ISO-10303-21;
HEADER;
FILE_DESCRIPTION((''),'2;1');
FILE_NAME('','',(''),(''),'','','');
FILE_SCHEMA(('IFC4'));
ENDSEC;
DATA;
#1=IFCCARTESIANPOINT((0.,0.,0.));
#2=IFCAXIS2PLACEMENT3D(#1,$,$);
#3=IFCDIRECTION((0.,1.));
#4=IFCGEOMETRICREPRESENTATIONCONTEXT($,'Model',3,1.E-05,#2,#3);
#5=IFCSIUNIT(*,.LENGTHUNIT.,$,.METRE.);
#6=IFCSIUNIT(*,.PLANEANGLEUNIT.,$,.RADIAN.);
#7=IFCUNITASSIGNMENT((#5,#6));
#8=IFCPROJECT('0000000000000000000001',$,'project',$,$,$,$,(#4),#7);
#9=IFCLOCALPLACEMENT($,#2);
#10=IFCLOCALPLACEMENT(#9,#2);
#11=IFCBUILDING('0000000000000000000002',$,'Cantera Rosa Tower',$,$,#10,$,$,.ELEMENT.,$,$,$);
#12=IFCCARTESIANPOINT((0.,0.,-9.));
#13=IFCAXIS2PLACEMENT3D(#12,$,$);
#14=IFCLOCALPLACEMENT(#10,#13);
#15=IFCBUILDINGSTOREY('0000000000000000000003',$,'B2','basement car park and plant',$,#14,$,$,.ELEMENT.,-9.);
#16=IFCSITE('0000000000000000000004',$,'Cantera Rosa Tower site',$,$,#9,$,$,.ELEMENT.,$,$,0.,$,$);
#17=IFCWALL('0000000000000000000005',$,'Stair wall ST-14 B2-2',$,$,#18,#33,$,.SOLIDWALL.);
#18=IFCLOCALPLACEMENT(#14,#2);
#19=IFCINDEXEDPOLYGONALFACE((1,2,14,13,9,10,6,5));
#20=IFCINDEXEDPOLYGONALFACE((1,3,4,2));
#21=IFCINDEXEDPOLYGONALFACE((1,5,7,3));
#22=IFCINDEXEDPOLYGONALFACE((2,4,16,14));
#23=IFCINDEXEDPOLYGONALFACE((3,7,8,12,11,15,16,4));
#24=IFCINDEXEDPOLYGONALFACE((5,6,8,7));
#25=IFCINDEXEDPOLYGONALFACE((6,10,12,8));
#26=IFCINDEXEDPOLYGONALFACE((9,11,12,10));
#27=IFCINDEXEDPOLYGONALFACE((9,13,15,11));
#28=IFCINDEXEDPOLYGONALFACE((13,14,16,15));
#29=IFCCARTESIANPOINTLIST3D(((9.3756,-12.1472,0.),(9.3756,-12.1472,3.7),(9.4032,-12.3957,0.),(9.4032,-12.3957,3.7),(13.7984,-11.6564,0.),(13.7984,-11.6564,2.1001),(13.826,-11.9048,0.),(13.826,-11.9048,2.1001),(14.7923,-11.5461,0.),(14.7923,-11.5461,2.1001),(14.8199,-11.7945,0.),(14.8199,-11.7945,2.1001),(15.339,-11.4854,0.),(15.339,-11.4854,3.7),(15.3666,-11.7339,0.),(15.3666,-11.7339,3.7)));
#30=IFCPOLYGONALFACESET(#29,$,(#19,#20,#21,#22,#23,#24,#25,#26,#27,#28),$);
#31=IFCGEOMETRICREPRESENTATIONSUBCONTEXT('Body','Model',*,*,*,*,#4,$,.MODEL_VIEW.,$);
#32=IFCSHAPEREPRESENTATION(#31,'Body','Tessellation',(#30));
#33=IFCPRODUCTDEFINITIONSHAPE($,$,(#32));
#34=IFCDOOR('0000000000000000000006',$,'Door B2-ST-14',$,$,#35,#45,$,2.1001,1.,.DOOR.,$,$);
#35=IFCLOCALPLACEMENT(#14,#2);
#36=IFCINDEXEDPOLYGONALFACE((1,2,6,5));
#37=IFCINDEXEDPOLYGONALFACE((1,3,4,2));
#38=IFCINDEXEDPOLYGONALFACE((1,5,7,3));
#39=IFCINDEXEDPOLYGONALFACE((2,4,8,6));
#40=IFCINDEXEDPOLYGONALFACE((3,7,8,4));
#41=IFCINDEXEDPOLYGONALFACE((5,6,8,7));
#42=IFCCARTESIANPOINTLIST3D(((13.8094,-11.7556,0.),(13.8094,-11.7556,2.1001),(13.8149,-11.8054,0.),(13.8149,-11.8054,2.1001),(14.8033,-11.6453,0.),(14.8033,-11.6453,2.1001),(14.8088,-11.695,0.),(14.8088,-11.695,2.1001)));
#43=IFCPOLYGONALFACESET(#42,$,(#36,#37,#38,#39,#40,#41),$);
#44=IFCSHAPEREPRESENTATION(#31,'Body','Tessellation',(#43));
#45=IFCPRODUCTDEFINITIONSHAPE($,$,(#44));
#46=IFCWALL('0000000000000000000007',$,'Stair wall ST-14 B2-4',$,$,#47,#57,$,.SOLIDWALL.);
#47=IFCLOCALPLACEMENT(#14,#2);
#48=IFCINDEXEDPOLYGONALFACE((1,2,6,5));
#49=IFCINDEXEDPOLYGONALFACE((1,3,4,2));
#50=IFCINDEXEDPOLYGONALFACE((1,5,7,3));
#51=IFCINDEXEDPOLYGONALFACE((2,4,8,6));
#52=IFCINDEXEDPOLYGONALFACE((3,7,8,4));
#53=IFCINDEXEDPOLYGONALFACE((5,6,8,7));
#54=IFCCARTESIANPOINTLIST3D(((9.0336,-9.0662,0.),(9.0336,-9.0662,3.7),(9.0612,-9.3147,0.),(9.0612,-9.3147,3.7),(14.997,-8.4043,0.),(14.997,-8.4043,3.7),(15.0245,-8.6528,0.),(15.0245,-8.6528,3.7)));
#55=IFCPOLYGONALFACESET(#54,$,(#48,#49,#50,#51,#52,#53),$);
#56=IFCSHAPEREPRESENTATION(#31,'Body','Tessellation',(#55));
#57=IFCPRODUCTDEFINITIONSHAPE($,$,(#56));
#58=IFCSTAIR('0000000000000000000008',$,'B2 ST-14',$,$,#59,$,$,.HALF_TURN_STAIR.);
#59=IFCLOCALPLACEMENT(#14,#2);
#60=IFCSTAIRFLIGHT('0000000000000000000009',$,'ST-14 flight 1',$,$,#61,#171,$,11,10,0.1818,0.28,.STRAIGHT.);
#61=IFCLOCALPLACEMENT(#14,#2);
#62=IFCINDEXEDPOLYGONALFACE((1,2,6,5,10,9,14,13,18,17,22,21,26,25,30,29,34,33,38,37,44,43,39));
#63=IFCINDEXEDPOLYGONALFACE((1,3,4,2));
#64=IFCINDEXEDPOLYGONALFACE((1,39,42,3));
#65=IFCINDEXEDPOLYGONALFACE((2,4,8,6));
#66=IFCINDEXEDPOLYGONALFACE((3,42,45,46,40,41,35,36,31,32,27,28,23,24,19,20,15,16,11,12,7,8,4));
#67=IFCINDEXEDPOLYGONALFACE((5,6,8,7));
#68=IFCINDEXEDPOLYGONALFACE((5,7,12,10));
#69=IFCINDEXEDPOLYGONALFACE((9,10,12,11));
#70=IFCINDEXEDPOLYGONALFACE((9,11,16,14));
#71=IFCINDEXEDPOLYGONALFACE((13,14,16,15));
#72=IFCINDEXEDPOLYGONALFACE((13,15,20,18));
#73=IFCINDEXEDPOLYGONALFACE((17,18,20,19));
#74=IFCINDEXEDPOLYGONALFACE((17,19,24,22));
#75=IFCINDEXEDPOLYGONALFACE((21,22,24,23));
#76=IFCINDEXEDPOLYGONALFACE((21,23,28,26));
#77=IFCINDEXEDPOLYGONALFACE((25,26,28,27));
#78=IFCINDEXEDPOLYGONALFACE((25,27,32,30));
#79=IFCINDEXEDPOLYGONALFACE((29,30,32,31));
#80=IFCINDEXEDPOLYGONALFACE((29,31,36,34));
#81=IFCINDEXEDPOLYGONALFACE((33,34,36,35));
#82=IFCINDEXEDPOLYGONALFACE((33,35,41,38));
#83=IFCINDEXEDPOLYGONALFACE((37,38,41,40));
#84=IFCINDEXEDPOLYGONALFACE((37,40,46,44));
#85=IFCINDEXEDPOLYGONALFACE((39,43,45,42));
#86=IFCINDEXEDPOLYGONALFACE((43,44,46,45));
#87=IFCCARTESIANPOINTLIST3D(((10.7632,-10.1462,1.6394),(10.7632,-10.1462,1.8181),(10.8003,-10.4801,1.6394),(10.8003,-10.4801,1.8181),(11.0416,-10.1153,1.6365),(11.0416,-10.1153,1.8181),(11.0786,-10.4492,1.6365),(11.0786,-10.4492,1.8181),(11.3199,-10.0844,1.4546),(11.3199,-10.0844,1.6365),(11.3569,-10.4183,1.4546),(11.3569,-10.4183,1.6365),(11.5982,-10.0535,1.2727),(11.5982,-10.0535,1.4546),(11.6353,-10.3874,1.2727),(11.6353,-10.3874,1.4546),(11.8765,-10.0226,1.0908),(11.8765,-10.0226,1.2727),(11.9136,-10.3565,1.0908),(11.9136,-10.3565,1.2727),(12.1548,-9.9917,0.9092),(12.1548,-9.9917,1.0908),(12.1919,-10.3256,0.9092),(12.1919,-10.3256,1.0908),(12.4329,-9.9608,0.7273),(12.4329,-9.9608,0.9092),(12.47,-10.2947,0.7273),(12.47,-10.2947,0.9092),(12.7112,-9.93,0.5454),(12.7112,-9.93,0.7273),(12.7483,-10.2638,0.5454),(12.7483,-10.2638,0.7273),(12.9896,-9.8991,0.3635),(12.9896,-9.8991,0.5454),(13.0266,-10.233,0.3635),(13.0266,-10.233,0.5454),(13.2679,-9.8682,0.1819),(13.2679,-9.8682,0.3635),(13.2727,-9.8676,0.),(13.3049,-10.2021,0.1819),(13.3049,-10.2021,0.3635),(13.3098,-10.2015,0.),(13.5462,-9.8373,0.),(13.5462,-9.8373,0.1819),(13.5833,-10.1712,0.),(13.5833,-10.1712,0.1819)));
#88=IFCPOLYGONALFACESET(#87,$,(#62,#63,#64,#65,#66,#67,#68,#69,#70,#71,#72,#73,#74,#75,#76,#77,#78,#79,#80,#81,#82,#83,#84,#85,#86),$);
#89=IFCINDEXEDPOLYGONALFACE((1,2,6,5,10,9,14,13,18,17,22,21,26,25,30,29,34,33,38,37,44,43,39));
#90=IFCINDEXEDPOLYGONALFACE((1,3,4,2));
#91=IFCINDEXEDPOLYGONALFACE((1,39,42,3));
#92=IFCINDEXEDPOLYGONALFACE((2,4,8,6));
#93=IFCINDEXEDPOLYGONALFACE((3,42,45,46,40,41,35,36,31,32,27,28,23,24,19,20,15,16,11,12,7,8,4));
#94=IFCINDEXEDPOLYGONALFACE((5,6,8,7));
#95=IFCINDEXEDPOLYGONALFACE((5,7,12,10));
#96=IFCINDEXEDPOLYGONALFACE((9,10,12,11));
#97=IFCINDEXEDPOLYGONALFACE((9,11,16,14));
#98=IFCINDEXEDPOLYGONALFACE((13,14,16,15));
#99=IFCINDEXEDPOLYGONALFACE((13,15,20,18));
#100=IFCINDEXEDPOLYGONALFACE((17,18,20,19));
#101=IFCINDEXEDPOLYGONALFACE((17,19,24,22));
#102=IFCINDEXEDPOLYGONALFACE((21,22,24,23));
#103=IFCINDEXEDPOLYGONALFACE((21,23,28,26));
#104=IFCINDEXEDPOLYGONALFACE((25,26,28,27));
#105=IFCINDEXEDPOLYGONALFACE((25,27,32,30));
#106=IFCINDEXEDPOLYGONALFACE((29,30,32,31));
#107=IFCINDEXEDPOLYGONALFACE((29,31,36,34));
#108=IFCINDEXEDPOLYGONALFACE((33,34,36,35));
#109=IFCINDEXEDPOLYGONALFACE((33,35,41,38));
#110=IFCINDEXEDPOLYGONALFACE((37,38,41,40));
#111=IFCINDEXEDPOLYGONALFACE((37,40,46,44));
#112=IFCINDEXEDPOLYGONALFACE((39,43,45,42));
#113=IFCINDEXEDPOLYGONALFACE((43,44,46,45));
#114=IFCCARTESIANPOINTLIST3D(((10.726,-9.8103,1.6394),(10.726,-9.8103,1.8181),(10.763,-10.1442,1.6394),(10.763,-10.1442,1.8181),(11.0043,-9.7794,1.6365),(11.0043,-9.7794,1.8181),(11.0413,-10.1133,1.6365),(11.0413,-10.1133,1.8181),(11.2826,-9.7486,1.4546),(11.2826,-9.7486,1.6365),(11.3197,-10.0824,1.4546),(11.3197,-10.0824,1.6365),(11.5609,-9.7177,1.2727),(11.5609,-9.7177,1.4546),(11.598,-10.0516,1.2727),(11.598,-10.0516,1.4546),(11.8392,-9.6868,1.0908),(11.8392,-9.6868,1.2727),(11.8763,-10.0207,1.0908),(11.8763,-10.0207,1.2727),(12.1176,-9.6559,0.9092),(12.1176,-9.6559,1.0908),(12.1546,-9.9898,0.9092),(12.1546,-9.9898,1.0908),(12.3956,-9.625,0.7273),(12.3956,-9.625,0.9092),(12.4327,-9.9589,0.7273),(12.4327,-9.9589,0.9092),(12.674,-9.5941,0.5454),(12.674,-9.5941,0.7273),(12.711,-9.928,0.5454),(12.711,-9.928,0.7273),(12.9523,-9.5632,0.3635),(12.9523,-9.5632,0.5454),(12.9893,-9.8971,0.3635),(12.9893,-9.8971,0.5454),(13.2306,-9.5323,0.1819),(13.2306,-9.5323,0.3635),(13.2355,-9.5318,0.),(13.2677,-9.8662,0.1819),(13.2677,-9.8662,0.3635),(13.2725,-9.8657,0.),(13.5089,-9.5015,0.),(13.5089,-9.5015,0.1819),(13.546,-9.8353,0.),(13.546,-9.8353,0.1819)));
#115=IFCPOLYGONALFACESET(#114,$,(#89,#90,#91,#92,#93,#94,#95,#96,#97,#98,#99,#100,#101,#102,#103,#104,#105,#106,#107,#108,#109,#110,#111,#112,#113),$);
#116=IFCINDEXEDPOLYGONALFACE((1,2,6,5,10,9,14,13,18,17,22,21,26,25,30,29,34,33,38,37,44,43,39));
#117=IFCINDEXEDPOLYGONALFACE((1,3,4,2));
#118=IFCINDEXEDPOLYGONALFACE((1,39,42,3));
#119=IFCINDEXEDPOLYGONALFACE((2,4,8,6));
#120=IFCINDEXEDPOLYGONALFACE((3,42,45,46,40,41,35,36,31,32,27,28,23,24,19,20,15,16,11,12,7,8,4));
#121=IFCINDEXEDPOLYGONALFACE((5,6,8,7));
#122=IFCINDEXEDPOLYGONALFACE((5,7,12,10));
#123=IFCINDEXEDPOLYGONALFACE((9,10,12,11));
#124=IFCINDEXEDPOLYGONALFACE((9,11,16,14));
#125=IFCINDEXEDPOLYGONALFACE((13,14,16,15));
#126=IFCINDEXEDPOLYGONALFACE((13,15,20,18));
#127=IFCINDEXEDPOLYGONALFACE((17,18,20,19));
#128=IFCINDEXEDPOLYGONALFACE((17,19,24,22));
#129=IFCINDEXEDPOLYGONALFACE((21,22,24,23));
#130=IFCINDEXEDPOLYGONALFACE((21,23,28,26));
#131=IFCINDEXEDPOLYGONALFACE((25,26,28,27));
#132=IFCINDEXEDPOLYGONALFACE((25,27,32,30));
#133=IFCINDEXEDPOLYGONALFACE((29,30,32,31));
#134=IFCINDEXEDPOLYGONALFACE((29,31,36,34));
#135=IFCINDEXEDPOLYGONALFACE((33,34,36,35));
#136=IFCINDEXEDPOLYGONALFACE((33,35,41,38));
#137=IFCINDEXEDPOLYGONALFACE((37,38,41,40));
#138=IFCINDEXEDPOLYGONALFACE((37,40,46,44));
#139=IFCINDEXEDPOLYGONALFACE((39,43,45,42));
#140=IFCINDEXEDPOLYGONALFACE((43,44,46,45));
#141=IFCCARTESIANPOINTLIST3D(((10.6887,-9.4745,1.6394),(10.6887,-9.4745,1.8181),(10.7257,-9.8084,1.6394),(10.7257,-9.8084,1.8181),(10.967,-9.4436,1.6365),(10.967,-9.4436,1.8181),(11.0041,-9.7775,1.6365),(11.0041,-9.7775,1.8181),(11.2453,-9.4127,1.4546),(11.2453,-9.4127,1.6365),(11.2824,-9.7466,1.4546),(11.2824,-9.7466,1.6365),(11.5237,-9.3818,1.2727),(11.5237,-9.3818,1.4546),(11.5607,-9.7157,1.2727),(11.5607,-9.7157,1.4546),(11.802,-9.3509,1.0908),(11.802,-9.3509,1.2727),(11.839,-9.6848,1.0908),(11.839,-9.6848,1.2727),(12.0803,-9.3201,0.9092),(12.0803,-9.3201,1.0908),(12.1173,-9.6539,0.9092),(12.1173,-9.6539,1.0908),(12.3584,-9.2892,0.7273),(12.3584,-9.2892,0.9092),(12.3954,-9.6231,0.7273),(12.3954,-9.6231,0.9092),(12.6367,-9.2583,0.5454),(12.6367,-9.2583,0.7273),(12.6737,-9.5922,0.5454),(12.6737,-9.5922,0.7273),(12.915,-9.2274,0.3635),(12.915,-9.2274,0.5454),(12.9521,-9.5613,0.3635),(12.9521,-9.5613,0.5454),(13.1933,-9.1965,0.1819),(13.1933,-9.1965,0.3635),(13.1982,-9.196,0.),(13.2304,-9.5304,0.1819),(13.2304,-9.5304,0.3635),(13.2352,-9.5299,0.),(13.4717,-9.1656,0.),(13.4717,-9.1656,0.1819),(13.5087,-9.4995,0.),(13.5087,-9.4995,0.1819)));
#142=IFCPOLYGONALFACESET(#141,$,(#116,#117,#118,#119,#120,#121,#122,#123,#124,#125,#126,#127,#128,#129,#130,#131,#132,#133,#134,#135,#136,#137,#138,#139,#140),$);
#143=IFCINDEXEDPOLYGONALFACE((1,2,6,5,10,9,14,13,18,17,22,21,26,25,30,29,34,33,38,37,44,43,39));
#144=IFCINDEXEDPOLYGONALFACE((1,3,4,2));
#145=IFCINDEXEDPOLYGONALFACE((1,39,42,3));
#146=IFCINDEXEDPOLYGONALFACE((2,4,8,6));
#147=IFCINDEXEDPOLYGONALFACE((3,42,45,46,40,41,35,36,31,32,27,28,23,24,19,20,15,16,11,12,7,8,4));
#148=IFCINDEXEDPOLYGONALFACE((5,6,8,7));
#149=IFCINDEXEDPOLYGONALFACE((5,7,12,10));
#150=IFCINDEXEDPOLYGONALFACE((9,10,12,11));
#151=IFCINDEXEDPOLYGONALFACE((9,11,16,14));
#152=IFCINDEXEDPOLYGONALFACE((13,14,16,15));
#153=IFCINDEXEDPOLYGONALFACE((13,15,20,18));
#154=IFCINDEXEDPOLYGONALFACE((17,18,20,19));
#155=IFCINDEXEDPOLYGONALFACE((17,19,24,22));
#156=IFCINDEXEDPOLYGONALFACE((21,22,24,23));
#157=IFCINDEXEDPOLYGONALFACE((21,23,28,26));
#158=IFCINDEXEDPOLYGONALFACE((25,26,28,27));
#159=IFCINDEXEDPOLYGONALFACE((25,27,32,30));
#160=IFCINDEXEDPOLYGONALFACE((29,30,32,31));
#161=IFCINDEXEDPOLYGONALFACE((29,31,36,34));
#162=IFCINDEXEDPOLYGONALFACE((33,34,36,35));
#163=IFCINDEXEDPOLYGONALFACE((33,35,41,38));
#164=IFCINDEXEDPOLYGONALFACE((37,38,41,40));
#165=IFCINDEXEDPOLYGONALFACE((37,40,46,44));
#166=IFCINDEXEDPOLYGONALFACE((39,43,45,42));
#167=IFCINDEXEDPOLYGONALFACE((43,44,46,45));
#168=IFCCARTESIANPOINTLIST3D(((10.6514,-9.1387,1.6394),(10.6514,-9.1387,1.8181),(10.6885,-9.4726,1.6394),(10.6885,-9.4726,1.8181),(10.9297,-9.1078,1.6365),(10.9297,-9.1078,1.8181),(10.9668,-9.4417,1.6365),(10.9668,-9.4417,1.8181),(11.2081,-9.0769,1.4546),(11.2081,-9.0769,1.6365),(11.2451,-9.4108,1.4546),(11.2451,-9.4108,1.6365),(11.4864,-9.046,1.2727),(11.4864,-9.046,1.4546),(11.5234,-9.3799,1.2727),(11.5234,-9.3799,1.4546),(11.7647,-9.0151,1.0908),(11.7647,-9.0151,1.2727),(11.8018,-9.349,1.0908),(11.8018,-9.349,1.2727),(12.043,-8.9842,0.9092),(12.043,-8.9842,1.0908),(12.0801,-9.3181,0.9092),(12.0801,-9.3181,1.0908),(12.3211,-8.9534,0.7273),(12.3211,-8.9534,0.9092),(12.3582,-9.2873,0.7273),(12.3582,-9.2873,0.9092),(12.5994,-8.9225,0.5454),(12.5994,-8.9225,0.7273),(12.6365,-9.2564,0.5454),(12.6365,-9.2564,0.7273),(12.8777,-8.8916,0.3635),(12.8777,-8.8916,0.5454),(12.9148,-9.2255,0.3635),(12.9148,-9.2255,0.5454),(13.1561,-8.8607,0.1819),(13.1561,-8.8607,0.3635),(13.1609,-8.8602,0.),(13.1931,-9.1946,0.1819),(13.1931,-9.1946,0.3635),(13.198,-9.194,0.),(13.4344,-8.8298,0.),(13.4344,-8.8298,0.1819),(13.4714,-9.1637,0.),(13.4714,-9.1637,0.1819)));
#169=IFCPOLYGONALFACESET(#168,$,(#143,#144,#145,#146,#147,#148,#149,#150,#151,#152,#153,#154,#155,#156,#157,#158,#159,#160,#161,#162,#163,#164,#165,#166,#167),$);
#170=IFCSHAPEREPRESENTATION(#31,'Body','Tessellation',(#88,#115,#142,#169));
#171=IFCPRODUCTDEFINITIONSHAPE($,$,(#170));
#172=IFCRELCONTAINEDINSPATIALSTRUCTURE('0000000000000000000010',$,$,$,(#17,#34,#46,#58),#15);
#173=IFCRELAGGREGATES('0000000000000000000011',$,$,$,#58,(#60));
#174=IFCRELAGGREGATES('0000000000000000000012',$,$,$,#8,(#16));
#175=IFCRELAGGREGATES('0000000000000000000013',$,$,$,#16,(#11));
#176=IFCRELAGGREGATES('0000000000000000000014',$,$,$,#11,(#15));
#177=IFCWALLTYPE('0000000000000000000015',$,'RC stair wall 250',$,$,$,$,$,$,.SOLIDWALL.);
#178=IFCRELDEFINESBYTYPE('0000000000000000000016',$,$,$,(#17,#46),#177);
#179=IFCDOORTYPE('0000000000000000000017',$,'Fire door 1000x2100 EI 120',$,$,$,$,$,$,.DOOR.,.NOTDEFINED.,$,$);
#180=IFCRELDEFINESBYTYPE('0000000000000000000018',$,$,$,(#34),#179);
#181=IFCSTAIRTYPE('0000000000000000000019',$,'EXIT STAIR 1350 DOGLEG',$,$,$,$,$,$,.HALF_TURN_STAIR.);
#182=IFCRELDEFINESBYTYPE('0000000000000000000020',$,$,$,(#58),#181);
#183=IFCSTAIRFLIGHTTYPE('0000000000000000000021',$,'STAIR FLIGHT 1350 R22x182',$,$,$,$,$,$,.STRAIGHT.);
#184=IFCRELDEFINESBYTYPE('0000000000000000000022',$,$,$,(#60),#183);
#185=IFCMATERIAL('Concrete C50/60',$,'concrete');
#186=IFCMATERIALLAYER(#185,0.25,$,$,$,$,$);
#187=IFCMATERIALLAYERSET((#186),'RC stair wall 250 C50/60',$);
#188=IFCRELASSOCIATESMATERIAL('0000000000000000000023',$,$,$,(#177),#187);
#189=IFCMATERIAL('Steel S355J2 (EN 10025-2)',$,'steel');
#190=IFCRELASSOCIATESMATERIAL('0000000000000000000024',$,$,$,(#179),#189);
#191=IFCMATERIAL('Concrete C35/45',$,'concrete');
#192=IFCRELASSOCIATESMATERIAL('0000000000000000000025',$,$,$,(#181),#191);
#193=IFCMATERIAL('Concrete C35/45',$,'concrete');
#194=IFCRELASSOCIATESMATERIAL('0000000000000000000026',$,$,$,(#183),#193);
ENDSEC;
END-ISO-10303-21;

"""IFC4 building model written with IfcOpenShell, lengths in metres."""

from ifc_helpers import new_model, si_unit, direction, frame, frame_2d, origin, place, context, subcontext, project, spatial, polyline, rectangle, outline, extrude, material, layer, layer_set, type_object, element, fill, aggregate, save


model = new_model("IFC4")

# Units and contexts
model_context = context("Model", 3, precision=1e-05, world=origin(), true_north=direction((0.0, 1.0)))
body_context = subcontext(model_context, "Body", "Model", "MODEL_VIEW")
ifc_project = project(units=[si_unit("LENGTHUNIT", "METRE"), si_unit("PLANEANGLEUNIT", "RADIAN")], contexts=[model_context])

# Site, building, storey
site_placement = place(None, origin())
site = spatial("IfcSite", under=ifc_project, at=site_placement, Name="Cantera Rosa Tower site", CompositionType="ELEMENT", RefElevation=0.0)
building_placement = place(site_placement, origin())
building = spatial("IfcBuilding", under=site, at=building_placement, Name="Cantera Rosa Tower", CompositionType="ELEMENT")
storey_placement = place(building_placement, frame((0.0, 0.0, -9.0)))
storey = spatial("IfcBuildingStorey", under=building, at=storey_placement, Name="B2", Description="basement car park and plant", CompositionType="ELEMENT", Elevation=-9.0)

# Shared definitions
ifc_material_1 = material(Name="Concrete C50/60", Category="concrete")
ifc_layer_1 = layer(ifc_material_1, 0.25)
ifc_layer_set_1 = layer_set([ifc_layer_1], Name="RC stair wall 250 C50/60")
wall_type_1 = type_object("IfcWallType", Name="RC stair wall 250", PredefinedType="SOLIDWALL", material=ifc_layer_set_1)

# Wall, opening, door
wall_1_placement = place(storey_placement, frame((15.3528, -11.6096, 0.0), z_axis=(0.0, 0.0, 1.0), x_axis=(-0.993897, -0.110311, 0.0)))
wall_1 = element("IfcWall", 1, at=wall_1_placement, inside=storey, type_object=wall_type_1, Name="Stair wall ST-14 B2-2", PredefinedType="SOLIDWALL", context=body_context, shape_type="SweptSolid", body=[
    extrude(rectangle(XDim=6.0, YDim=0.25, at=frame_2d((3.0, 0.0))), origin(), (0.0, 0.0, 1.0), 3.7),
])
opening_1_placement = place(wall_1_placement, frame((0.55, 0.0, 0.0)))
opening_1 = element("IfcOpeningElement", 2, at=opening_1_placement, cuts=wall_1, PredefinedType="OPENING", context=body_context, shape_type="SweptSolid", body=[
    extrude(rectangle(XDim=1.0, YDim=2.1001, at=frame_2d((0.5, 1.05))), frame((0.0, 0.135, 0.0), z_axis=(0.0, -1.0, 0.0), x_axis=(1.0, 0.0, 0.0)), (0.0, 0.0, 1.0), 0.27),
])
ifc_material_2 = material(Name="Steel S355J2 (EN 10025-2)", Category="steel")
door_type_1 = type_object("IfcDoorType", Name="Fire door 1000x2100 EI 120", OperationType="NOTDEFINED", PredefinedType="DOOR", material=ifc_material_2)
door_1_placement = place(opening_1_placement, origin())
door_1 = element("IfcDoor", 3, at=door_1_placement, inside=storey, type_object=door_type_1, Name="Door B2-ST-14", OverallHeight=2.1001, OverallWidth=1.0, PredefinedType="DOOR", context=body_context, shape_type="SweptSolid", body=[
    extrude(rectangle(XDim=1.0, YDim=2.1001, at=frame_2d((0.5, 1.05))), frame((0.0, 0.0249, 0.0), z_axis=(0.0, -1.0, 0.0), x_axis=(1.0, 0.0, 0.0)), (0.0, 0.0, 1.0), 0.05),
])
fill(opening_1, door_1)

# Wall
wall_2_placement = place(storey_placement, frame((9.0474, -9.1904, 0.0), z_axis=(0.0, 0.0, 1.0), x_axis=(0.993897, 0.110311, 0.0)))
element("IfcWall", 4, at=wall_2_placement, inside=storey, type_object=wall_type_1, Name="Stair wall ST-14 B2-4", PredefinedType="SOLIDWALL", context=body_context, shape_type="SweptSolid", body=[
    extrude(rectangle(XDim=6.0, YDim=0.25, at=frame_2d((3.0, 0.0))), origin(), (0.0, 0.0, 1.0), 3.7),
])

# Stair, stair flight
ifc_material_3 = material(Name="Concrete C35/45", Category="concrete")
stair_type = type_object("IfcStairType", Name="EXIT STAIR 1350 DOGLEG", PredefinedType="HALF_TURN_STAIR", material=ifc_material_3)
stair_placement = place(storey_placement, origin())
stair = element("IfcStair", 5, at=stair_placement, inside=storey, type_object=stair_type, Name="B2 ST-14", PredefinedType="HALF_TURN_STAIR")
ifc_material_4 = material(Name="Concrete C35/45", Category="concrete")
stair_flight_type = type_object("IfcStairFlightType", Name="STAIR FLIGHT 1350 R22x182", PredefinedType="STRAIGHT", material=ifc_material_4)
stair_flight_1_placement = place(storey_placement, frame((13.5088, -9.5002, 0.0), z_axis=(0.0, 0.0, 1.0), x_axis=(-0.993897, -0.110313, 0.0)))
stair_flight_1 = element("IfcStairFlight", 6, at=stair_flight_1_placement, type_object=stair_flight_type, Name="ST-14 flight 1", NumberOfRisers=11, NumberOfTreads=10, PredefinedType="STRAIGHT", RiserHeight=0.1818, TreadLength=0.28, context=body_context, shape_type="SweptSolid", body=[
    extrude(outline(polyline([(0.0, 0.0), (0.0, 0.1819), (0.28, 0.1819), (0.28, 0.3635), (0.5601, 0.3635), (0.5601, 0.5454), (0.8401, 0.5454), (0.8401, 0.7273), (1.1201, 0.7273), (1.1201, 0.9092), (1.3999, 0.9092), (1.3999, 1.0908), (1.6799, 1.0908), (1.6799, 1.2727), (1.96, 1.2727), (1.96, 1.4546), (2.24, 1.4546), (2.24, 1.6365), (2.52, 1.6365), (2.52, 1.8181), (2.8, 1.8181), (2.8, 2.0), (2.8, 1.6394), (0.2751, 0.0), (0.0, 0.0)])), frame((0.0, 0.675, 0.0), z_axis=(0.0, -1.0, 0.0), x_axis=(1.0, 0.0, 0.0)), (0.0, 0.0, 1.0), 0.3359),
    extrude(outline(polyline([(0.0, 0.0), (0.0, 0.1819), (0.28, 0.1819), (0.28, 0.3635), (0.5601, 0.3635), (0.5601, 0.5454), (0.8401, 0.5454), (0.8401, 0.7273), (1.1201, 0.7273), (1.1201, 0.9092), (1.3999, 0.9092), (1.3999, 1.0908), (1.6799, 1.0908), (1.6799, 1.2727), (1.96, 1.2727), (1.96, 1.4546), (2.24, 1.4546), (2.24, 1.6365), (2.52, 1.6365), (2.52, 1.8181), (2.8, 1.8181), (2.8, 2.0), (2.8, 1.6394), (0.2751, 0.0), (0.0, 0.0)])), frame((0.0, 0.3372, 0.0), z_axis=(0.0, -1.0, 0.0), x_axis=(1.0, 0.0, 0.0)), (0.0, 0.0, 1.0), 0.3359),
    extrude(outline(polyline([(0.0, 0.0), (0.0, 0.1819), (0.28, 0.1819), (0.28, 0.3635), (0.5601, 0.3635), (0.5601, 0.5454), (0.8401, 0.5454), (0.8401, 0.7273), (1.1201, 0.7273), (1.1201, 0.9092), (1.3999, 0.9092), (1.3999, 1.0908), (1.6799, 1.0908), (1.6799, 1.2727), (1.96, 1.2727), (1.96, 1.4546), (2.24, 1.4546), (2.24, 1.6365), (2.52, 1.6365), (2.52, 1.8181), (2.8, 1.8181), (2.8, 2.0), (2.8, 1.6394), (0.2751, 0.0), (0.0, 0.0)])), frame((0.0, -0.0007, 0.0), z_axis=(0.0, -1.0, 0.0), x_axis=(1.0, 0.0, 0.0)), (0.0, 0.0, 1.0), 0.3359),
    extrude(outline(polyline([(0.0, 0.0), (0.0, 0.1819), (0.28, 0.1819), (0.28, 0.3635), (0.5601, 0.3635), (0.5601, 0.5454), (0.8401, 0.5454), (0.8401, 0.7273), (1.1201, 0.7273), (1.1201, 0.9092), (1.3999, 0.9092), (1.3999, 1.0908), (1.6799, 1.0908), (1.6799, 1.2727), (1.96, 1.2727), (1.96, 1.4546), (2.24, 1.4546), (2.24, 1.6365), (2.52, 1.6365), (2.52, 1.8181), (2.8, 1.8181), (2.8, 2.0), (2.8, 1.6394), (0.2751, 0.0), (0.0, 0.0)])), frame((0.0, -0.3386, 0.0), z_axis=(0.0, -1.0, 0.0), x_axis=(1.0, 0.0, 0.0)), (0.0, 0.0, 1.0), 0.3359),
])
aggregate(stair, [stair_flight_1])

save(model, "model.ifc")
